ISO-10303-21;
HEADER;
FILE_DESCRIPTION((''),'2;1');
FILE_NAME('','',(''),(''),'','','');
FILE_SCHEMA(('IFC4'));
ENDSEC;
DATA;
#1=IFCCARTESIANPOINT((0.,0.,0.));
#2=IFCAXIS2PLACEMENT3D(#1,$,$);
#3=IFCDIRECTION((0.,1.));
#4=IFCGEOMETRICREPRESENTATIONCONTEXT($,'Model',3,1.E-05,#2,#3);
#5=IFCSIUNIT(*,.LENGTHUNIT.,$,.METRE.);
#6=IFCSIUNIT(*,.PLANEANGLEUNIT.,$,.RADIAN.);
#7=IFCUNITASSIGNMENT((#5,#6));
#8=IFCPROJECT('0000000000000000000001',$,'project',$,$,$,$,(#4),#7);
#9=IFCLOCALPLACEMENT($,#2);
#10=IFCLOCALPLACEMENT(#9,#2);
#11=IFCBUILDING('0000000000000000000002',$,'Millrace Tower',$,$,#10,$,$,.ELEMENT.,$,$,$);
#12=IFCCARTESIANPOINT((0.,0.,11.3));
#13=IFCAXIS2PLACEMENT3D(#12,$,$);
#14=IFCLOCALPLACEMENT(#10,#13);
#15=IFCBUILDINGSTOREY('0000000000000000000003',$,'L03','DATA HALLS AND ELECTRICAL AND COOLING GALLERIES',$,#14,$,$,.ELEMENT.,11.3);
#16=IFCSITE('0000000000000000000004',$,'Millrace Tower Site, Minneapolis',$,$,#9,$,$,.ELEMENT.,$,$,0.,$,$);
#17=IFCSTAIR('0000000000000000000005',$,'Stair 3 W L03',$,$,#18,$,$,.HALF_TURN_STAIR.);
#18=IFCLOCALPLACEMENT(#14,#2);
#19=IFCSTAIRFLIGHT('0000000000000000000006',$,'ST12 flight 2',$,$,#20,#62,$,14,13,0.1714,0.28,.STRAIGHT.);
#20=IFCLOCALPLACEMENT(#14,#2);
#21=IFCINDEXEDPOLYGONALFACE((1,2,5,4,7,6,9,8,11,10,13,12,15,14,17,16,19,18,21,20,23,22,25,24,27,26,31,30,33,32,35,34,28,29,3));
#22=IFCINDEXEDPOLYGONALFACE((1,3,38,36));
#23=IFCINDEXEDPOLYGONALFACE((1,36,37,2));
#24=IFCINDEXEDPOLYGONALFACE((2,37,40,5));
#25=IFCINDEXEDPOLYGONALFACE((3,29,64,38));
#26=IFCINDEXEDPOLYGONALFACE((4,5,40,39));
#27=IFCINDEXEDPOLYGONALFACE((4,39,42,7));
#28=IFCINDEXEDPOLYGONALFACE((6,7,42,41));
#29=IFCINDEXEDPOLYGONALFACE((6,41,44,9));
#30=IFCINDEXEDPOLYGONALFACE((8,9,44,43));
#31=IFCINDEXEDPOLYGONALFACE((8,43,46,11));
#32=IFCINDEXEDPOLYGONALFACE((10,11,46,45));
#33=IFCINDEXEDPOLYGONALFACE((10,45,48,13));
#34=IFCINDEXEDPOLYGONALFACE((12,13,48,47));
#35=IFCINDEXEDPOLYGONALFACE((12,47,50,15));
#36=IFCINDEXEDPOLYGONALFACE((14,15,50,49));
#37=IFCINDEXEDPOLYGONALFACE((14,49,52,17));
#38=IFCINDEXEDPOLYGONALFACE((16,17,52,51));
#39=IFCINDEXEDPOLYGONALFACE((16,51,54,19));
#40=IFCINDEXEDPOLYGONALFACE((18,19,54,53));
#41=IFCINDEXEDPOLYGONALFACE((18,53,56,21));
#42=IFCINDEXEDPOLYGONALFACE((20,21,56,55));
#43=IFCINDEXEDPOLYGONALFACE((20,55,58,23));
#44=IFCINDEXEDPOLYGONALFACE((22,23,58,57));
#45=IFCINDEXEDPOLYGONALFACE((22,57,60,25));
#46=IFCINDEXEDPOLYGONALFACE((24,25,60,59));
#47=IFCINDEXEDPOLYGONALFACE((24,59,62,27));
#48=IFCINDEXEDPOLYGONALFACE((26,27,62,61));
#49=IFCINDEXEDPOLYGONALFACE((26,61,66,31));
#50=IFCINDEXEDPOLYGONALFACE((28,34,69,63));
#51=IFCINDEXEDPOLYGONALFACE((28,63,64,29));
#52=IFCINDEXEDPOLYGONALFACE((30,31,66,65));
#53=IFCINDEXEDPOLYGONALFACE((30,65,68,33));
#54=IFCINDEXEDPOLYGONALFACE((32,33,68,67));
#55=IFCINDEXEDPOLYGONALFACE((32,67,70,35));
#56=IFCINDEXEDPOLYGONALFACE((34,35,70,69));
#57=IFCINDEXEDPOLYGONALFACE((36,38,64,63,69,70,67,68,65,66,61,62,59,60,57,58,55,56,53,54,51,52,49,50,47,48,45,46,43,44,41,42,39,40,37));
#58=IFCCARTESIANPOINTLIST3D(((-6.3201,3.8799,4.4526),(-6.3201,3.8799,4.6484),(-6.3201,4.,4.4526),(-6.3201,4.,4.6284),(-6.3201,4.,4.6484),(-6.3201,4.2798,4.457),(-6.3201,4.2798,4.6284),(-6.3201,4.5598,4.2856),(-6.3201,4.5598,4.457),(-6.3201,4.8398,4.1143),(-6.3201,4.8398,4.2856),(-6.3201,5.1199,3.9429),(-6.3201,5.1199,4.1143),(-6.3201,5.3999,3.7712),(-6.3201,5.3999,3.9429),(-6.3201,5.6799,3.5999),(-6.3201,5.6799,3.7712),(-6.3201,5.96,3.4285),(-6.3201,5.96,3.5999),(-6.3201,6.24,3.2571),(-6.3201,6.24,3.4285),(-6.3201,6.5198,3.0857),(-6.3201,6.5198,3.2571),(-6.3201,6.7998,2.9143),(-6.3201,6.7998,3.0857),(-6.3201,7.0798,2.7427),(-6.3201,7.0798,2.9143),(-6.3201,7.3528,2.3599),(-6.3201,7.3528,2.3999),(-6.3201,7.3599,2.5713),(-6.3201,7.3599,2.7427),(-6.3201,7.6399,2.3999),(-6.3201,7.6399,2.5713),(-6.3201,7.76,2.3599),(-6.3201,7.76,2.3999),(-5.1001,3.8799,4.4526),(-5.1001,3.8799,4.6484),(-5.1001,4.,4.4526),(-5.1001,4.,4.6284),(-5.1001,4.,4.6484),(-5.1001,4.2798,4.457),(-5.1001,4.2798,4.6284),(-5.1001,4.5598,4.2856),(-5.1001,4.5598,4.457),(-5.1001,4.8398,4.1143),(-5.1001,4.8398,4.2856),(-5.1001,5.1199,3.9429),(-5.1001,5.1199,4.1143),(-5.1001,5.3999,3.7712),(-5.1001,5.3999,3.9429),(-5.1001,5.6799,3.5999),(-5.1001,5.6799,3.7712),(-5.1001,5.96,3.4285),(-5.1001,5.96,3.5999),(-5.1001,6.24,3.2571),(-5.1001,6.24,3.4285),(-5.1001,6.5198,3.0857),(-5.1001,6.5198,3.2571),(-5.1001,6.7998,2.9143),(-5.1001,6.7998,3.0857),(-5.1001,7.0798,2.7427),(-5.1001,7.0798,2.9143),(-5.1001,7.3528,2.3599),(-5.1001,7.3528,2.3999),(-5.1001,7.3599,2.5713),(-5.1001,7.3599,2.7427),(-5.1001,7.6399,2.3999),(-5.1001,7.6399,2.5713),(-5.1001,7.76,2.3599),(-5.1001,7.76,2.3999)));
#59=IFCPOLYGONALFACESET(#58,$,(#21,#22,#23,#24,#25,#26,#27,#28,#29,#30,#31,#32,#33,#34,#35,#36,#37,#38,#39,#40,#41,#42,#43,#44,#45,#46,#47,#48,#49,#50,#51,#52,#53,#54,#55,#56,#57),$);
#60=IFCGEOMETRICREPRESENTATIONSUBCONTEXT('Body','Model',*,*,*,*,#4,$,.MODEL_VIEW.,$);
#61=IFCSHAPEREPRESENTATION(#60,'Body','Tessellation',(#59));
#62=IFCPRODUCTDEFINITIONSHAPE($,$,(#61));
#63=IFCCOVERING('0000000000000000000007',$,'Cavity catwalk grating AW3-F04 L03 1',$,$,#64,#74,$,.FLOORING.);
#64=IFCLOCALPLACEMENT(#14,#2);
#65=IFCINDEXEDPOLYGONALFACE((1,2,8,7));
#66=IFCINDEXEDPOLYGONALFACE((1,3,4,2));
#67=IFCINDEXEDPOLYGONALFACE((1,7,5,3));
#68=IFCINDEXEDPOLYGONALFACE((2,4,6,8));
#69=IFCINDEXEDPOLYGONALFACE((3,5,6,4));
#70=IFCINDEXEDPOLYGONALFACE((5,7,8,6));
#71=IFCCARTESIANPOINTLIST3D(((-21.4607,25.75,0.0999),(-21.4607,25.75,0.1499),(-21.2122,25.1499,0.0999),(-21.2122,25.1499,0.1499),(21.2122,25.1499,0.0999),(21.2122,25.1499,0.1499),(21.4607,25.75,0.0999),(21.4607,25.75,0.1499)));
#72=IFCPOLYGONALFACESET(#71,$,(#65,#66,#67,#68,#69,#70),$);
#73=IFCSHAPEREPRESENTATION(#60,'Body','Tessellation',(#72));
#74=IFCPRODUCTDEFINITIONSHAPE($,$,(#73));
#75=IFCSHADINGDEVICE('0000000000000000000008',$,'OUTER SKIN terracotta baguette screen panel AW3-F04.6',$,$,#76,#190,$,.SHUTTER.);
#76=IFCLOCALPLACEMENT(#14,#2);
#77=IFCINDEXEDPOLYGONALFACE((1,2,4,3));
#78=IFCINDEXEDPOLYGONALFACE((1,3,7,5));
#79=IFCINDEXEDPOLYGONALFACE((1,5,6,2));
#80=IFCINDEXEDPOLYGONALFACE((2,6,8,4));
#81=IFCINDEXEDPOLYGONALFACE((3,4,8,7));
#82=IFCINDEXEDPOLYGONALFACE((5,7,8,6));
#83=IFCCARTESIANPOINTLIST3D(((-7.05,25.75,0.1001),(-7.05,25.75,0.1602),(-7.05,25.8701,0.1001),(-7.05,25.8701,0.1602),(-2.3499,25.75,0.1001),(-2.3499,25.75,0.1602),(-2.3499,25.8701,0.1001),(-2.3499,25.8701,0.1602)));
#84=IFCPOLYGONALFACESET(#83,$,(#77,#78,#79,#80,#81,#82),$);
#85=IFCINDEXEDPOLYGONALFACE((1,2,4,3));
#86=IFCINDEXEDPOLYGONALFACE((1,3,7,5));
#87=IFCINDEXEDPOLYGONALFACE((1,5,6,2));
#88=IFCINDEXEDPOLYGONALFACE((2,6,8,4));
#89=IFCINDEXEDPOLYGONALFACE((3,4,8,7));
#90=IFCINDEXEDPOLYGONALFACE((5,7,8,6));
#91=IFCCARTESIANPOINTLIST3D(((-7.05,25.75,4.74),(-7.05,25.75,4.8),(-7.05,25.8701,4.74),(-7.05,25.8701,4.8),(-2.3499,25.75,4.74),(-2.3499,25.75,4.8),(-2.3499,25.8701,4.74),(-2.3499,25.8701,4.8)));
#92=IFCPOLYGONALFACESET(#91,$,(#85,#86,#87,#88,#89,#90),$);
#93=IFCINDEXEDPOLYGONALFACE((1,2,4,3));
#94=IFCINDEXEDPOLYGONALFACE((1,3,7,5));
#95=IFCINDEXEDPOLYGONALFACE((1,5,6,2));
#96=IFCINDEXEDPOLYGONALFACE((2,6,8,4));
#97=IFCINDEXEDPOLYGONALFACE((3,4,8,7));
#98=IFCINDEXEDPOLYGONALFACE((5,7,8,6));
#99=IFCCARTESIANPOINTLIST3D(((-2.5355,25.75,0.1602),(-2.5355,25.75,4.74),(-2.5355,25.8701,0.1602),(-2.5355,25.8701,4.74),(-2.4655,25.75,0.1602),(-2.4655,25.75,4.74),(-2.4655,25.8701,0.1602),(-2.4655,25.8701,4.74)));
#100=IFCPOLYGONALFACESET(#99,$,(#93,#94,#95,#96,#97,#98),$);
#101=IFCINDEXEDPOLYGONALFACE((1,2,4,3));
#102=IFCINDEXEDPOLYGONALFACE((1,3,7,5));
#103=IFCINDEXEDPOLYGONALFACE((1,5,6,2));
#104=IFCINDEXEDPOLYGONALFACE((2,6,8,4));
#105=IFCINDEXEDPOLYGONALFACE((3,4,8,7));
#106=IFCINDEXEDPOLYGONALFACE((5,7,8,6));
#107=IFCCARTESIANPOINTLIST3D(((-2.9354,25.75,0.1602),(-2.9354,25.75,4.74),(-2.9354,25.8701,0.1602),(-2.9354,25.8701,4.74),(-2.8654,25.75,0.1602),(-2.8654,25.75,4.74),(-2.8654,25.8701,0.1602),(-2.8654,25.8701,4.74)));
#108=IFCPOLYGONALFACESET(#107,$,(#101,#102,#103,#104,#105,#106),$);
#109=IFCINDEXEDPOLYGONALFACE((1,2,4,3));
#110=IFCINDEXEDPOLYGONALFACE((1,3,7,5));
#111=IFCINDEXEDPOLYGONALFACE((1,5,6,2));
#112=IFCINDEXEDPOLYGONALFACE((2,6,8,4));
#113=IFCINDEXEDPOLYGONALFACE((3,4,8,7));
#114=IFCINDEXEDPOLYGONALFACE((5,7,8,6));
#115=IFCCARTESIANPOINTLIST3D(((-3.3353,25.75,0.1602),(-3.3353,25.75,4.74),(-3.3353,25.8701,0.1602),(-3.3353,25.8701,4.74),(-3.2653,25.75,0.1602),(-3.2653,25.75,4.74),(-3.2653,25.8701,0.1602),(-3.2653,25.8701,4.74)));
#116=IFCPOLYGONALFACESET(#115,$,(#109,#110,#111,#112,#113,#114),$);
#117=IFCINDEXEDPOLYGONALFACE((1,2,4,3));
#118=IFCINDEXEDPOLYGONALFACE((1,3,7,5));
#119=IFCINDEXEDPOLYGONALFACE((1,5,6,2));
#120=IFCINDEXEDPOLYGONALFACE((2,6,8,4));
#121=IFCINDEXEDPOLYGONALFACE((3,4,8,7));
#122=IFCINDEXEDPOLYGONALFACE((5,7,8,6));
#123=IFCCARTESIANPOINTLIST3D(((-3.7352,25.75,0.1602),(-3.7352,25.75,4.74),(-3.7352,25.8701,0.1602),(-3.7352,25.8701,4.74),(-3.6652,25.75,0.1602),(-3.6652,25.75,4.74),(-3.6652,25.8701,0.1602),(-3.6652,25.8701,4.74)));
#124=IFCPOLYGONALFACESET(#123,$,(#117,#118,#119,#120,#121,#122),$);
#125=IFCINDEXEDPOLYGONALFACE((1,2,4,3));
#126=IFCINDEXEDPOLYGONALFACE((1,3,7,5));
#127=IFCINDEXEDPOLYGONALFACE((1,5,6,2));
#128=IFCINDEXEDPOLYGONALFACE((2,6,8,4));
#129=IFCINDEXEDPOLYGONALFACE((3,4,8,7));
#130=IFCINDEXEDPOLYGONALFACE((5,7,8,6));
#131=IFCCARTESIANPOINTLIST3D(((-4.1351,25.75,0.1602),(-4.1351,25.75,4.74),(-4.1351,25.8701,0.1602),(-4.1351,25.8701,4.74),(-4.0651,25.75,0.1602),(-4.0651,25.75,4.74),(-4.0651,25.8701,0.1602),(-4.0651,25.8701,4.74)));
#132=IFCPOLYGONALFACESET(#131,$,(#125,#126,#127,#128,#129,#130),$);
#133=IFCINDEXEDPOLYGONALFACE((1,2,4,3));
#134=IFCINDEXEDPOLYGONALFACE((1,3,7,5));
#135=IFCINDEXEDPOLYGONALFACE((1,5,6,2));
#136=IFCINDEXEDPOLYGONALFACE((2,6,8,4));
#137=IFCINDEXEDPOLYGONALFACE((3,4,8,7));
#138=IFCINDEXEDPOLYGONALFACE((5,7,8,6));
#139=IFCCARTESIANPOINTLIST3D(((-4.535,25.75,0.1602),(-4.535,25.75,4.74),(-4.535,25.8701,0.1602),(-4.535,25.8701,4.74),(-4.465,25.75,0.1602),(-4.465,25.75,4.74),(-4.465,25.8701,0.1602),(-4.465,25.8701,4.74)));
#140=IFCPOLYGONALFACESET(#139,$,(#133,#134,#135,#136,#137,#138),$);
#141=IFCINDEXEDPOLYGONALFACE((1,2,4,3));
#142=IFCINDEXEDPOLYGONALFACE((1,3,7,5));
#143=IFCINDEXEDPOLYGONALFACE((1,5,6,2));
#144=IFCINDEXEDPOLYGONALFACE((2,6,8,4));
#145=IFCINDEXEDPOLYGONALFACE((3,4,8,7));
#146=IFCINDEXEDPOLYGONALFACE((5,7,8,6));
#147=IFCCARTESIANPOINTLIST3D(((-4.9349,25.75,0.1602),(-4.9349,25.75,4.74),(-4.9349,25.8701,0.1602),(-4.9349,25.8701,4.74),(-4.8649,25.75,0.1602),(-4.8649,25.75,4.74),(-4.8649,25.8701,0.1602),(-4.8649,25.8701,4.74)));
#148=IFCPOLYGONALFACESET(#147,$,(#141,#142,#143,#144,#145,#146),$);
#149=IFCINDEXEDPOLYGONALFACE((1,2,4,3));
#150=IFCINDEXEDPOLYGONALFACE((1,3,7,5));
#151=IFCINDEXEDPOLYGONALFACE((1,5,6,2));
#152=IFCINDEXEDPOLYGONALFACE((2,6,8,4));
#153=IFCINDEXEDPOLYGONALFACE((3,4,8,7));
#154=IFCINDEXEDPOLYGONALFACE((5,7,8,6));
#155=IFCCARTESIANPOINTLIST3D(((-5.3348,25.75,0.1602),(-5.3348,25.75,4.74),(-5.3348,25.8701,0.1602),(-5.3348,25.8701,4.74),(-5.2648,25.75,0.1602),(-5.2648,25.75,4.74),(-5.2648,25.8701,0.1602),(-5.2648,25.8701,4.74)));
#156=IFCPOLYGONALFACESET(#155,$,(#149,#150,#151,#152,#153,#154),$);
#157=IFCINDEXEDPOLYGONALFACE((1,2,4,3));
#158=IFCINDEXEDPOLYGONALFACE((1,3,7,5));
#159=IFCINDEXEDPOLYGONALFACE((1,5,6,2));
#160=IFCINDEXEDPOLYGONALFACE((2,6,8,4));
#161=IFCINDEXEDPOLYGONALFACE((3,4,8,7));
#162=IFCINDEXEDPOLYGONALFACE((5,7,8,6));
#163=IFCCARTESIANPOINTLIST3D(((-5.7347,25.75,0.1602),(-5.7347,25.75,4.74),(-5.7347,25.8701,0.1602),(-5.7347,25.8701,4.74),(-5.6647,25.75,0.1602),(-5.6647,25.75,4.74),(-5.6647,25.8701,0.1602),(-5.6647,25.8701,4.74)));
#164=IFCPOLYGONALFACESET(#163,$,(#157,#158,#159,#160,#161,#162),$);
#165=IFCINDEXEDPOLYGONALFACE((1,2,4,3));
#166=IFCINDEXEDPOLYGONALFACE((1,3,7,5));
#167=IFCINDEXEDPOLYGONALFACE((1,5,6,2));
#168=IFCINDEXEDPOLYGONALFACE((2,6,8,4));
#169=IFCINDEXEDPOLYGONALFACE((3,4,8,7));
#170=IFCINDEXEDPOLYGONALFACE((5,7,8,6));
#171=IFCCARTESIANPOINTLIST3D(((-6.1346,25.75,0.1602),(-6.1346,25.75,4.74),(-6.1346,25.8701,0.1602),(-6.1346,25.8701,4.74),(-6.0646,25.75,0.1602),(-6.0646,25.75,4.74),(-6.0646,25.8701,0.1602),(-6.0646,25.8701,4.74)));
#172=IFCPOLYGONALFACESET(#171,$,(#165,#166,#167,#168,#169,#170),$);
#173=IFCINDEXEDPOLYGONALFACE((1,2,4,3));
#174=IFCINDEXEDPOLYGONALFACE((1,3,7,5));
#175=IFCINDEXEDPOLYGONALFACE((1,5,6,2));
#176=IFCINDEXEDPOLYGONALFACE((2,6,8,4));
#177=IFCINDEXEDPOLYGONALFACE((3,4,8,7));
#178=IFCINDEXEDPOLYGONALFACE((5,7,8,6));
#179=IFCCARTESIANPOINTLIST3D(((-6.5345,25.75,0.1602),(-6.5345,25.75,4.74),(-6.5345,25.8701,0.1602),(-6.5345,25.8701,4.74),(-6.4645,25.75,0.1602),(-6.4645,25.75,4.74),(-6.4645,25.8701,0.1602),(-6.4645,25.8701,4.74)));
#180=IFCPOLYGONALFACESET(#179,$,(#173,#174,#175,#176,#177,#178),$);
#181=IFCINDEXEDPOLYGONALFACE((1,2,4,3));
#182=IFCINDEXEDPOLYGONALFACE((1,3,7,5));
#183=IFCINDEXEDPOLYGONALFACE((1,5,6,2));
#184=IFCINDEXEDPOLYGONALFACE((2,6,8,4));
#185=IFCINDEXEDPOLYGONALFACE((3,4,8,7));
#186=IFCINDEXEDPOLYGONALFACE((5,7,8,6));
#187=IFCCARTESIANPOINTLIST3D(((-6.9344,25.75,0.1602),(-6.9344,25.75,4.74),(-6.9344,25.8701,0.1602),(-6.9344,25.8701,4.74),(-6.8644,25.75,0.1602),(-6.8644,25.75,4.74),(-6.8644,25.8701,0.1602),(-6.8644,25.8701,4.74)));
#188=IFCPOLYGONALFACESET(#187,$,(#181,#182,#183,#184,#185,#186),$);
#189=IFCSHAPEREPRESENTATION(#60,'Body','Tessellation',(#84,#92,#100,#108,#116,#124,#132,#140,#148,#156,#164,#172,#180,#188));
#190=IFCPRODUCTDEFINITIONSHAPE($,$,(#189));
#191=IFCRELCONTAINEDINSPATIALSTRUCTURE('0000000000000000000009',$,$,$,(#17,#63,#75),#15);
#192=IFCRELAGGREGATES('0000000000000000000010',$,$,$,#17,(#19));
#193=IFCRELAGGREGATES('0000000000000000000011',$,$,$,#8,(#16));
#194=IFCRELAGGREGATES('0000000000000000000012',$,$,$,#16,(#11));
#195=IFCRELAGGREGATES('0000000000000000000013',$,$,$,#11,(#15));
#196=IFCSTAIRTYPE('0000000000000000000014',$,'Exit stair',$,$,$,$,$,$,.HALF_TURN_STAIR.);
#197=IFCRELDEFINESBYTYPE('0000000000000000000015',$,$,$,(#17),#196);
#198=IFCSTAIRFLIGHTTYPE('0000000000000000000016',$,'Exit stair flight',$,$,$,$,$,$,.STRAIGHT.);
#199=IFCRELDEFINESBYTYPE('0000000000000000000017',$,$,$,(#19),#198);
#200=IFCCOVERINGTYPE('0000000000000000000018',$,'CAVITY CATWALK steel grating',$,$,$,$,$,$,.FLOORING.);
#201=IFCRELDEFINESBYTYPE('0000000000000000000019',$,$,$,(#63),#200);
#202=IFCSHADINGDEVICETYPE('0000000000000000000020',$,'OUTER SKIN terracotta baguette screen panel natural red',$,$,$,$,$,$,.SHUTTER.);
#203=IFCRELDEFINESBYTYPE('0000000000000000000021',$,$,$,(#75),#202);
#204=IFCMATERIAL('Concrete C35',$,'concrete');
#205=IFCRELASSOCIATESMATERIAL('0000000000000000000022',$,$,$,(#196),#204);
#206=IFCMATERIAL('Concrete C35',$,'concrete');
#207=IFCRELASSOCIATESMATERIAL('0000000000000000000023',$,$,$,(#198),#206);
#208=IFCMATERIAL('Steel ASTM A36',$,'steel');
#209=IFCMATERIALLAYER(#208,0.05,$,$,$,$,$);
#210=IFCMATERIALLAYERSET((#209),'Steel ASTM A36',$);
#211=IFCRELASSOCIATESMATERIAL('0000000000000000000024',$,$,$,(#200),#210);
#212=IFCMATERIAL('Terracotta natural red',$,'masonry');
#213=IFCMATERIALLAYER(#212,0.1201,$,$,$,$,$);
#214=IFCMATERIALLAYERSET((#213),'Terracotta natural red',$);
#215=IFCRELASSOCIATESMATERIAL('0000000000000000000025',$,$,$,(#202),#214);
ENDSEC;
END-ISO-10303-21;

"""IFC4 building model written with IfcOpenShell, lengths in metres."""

from ifc_helpers import new_model, entity, si_unit, direction, frame, frame_2d, origin, place, context, subcontext, project, spatial, polyline, rectangle, outline, extrude, source, transform, mapped, material, layer, layer_set, type_object, element, aggregate, save


model = new_model("IFC4")

# Units and contexts
model_context = context("Model", 3, precision=1e-05, world=origin(), true_north=direction((0.0, 1.0)))
body_context = subcontext(model_context, "Body", "Model", "MODEL_VIEW")
ifc_project = project(units=[si_unit("LENGTHUNIT", "METRE"), si_unit("PLANEANGLEUNIT", "RADIAN")], contexts=[model_context])

# Site, building, storey
site_placement = place(None, origin())
site = spatial("IfcSite", under=ifc_project, at=site_placement, Name="Millrace Tower Site, Minneapolis", CompositionType="ELEMENT", RefElevation=0.0)
building_placement = place(site_placement, origin())
building = spatial("IfcBuilding", under=site, at=building_placement, Name="Millrace Tower", CompositionType="ELEMENT")
storey_placement = place(building_placement, frame((0.0, 0.0, 11.3)))
storey = spatial("IfcBuildingStorey", under=building, at=storey_placement, Name="L03", Description="DATA HALLS AND ELECTRICAL AND COOLING GALLERIES", CompositionType="ELEMENT", Elevation=11.3)

# Shared definitions
placement_1 = place(storey_placement, origin())

# Stair, stair flight
ifc_material_1 = material(Name="Concrete C35", Category="concrete")
stair_type = type_object("IfcStairType", Name="Exit stair", PredefinedType="HALF_TURN_STAIR", material=ifc_material_1)
stair = element("IfcStair", 1, at=placement_1, inside=storey, type_object=stair_type, Name="Stair 3 W L03", PredefinedType="HALF_TURN_STAIR")
ifc_material_2 = material(Name="Concrete C35", Category="concrete")
stair_flight_type = type_object("IfcStairFlightType", Name="Exit stair flight", PredefinedType="STRAIGHT", material=ifc_material_2)
stair_flight_1_placement = place(storey_placement, frame((-5.71, 7.6399, 2.3999), z_axis=(0.0, 0.0, 1.0), x_axis=(0.0, -1.0, 0.0)))
stair_flight_1 = element("IfcStairFlight", 2, at=stair_flight_1_placement, type_object=stair_flight_type, Name="ST12 flight 2", NumberOfRisers=14, NumberOfTreads=13, PredefinedType="STRAIGHT", RiserHeight=0.1714, TreadLength=0.28, context=body_context, shape_type="SweptSolid", body=[
    extrude(outline(polyline([(-0.1201, -0.04), (-0.1201, 0.0), (0.0, 0.0), (0.0, 0.1714), (0.28, 0.1714), (0.28, 0.3428), (0.5601, 0.3428), (0.5601, 0.5144), (0.8401, 0.5144), (0.8401, 0.6858), (1.1201, 0.6858), (1.1201, 0.8572), (1.3999, 0.8572), (1.3999, 1.0286), (1.6799, 1.0286), (1.6799, 1.2), (1.96, 1.2), (1.96, 1.3713), (2.24, 1.3713), (2.24, 1.543), (2.52, 1.543), (2.52, 1.7144), (2.8, 1.7144), (2.8, 1.8857), (3.0801, 1.8857), (3.0801, 2.0571), (3.3601, 2.0571), (3.3601, 2.2285), (3.6399, 2.2285), (3.6399, 2.2485), (3.76, 2.2485), (3.76, 2.0527), (3.6399, 2.0527), (0.2871, 0.0), (0.2871, -0.04), (-0.1201, -0.04)])), frame((0.0, 0.6099, 0.0), z_axis=(0.0, -1.0, 0.0), x_axis=(1.0, 0.0, 0.0)), (0.0, 0.0, 1.0), 1.22),
])
aggregate(stair, [stair_flight_1])

# Covering
ifc_material_3 = material(Name="Steel ASTM A36", Category="steel")
ifc_layer_1 = layer(ifc_material_3, 0.05)
ifc_layer_set_1 = layer_set([ifc_layer_1], Name="Steel ASTM A36")
covering_type = type_object("IfcCoveringType", Name="CAVITY CATWALK steel grating", PredefinedType="FLOORING", material=ifc_layer_set_1)
covering_placement = place(storey_placement, frame((0.0, 0.0, 0.0999)))
element("IfcCovering", 3, at=covering_placement, inside=storey, type_object=covering_type, Name="Cavity catwalk grating AW3-F04 L03 1", PredefinedType="FLOORING", context=body_context, shape_type="SweptSolid", body=[
    extrude(outline(polyline([(21.4607, 25.75), (-21.4607, 25.75), (-21.2122, 25.1499), (21.2122, 25.1499), (21.4607, 25.75)])), origin(), (0.0, 0.0, 1.0), 0.05),
])

# Shading device
ifc_material_4 = material(Name="Terracotta natural red", Category="masonry")
ifc_layer_2 = layer(ifc_material_4, 0.1201)
ifc_layer_set_2 = layer_set([ifc_layer_2], Name="Terracotta natural red")
shading_device_type = type_object("IfcShadingDeviceType", Name="OUTER SKIN terracotta baguette screen panel natural red", PredefinedType="SHUTTER", material=ifc_layer_set_2)
cartesian_point = entity("IfcCartesianPoint", [-2.3501, 0.0601])
shared_polyline = entity("IfcPolyline", [cartesian_point, entity("IfcCartesianPoint", [2.3501, 0.0601]), entity("IfcCartesianPoint", [2.3501, -0.0601]), entity("IfcCartesianPoint", [-2.3501, -0.0601]), cartesian_point])
shared_shape = source(origin(), body_context, "Body", "SweptSolid", [
    entity("IfcExtrudedAreaSolid", entity("IfcArbitraryClosedProfileDef", "AREA", None, shared_polyline), entity("IfcAxis2Placement3D", entity("IfcCartesianPoint", [0.0, 0.0, 0.0])), entity("IfcDirection", [0.0, 0.0, 1.0]), 0.0601),
    entity("IfcExtrudedAreaSolid", entity("IfcArbitraryClosedProfileDef", "AREA", None, shared_polyline), entity("IfcAxis2Placement3D", entity("IfcCartesianPoint", [0.0, 0.0, 4.6399])), entity("IfcDirection", [0.0, 0.0, 1.0]), 0.0601),
    extrude(rectangle(XDim=0.0701, YDim=0.1201, at=frame_2d((-2.1995, 0.0))), frame((0.0, 0.0, 0.0601)), (0.0, 0.0, 1.0), 4.5798),
    extrude(rectangle(XDim=0.0701, YDim=0.1201, at=frame_2d((-1.7996, 0.0))), frame((0.0, 0.0, 0.0601)), (0.0, 0.0, 1.0), 4.5798),
    extrude(rectangle(XDim=0.0701, YDim=0.1201, at=frame_2d((-1.3997, 0.0))), frame((0.0, 0.0, 0.0601)), (0.0, 0.0, 1.0), 4.5798),
    extrude(rectangle(XDim=0.0701, YDim=0.1201, at=frame_2d((-0.9998, 0.0))), frame((0.0, 0.0, 0.0601)), (0.0, 0.0, 1.0), 4.5798),
    extrude(rectangle(XDim=0.0701, YDim=0.1201, at=frame_2d((-0.5999, 0.0))), frame((0.0, 0.0, 0.0601)), (0.0, 0.0, 1.0), 4.5798),
    extrude(rectangle(XDim=0.0701, YDim=0.1201, at=frame_2d((-0.2, 0.0))), frame((0.0, 0.0, 0.0601)), (0.0, 0.0, 1.0), 4.5798),
    extrude(rectangle(XDim=0.0701, YDim=0.1201, at=frame_2d((0.2, 0.0))), frame((0.0, 0.0, 0.0601)), (0.0, 0.0, 1.0), 4.5798),
    extrude(rectangle(XDim=0.0701, YDim=0.1201, at=frame_2d((0.5999, 0.0))), frame((0.0, 0.0, 0.0601)), (0.0, 0.0, 1.0), 4.5798),
    extrude(rectangle(XDim=0.0701, YDim=0.1201, at=frame_2d((0.9998, 0.0))), frame((0.0, 0.0, 0.0601)), (0.0, 0.0, 1.0), 4.5798),
    extrude(rectangle(XDim=0.0701, YDim=0.1201, at=frame_2d((1.3997, 0.0))), frame((0.0, 0.0, 0.0601)), (0.0, 0.0, 1.0), 4.5798),
    extrude(rectangle(XDim=0.0701, YDim=0.1201, at=frame_2d((1.7996, 0.0))), frame((0.0, 0.0, 0.0601)), (0.0, 0.0, 1.0), 4.5798),
    extrude(rectangle(XDim=0.0701, YDim=0.1201, at=frame_2d((2.1995, 0.0))), frame((0.0, 0.0, 0.0601)), (0.0, 0.0, 1.0), 4.5798),
])
shading_device_placement = place(storey_placement, frame((-4.7, 25.8101, 0.1001), z_axis=(0.0, 0.0, 1.0), x_axis=(-1.0, 0.0, 0.0)))
element("IfcShadingDevice", 4, at=shading_device_placement, inside=storey, type_object=shading_device_type, Name="OUTER SKIN terracotta baguette screen panel AW3-F04.6", PredefinedType="SHUTTER", context=body_context, shape_type="MappedRepresentation", body=[
    mapped(shared_shape, transform((0.0, 0.0, 0.0), scale=1.0)),
])

save(model, "model.ifc")
